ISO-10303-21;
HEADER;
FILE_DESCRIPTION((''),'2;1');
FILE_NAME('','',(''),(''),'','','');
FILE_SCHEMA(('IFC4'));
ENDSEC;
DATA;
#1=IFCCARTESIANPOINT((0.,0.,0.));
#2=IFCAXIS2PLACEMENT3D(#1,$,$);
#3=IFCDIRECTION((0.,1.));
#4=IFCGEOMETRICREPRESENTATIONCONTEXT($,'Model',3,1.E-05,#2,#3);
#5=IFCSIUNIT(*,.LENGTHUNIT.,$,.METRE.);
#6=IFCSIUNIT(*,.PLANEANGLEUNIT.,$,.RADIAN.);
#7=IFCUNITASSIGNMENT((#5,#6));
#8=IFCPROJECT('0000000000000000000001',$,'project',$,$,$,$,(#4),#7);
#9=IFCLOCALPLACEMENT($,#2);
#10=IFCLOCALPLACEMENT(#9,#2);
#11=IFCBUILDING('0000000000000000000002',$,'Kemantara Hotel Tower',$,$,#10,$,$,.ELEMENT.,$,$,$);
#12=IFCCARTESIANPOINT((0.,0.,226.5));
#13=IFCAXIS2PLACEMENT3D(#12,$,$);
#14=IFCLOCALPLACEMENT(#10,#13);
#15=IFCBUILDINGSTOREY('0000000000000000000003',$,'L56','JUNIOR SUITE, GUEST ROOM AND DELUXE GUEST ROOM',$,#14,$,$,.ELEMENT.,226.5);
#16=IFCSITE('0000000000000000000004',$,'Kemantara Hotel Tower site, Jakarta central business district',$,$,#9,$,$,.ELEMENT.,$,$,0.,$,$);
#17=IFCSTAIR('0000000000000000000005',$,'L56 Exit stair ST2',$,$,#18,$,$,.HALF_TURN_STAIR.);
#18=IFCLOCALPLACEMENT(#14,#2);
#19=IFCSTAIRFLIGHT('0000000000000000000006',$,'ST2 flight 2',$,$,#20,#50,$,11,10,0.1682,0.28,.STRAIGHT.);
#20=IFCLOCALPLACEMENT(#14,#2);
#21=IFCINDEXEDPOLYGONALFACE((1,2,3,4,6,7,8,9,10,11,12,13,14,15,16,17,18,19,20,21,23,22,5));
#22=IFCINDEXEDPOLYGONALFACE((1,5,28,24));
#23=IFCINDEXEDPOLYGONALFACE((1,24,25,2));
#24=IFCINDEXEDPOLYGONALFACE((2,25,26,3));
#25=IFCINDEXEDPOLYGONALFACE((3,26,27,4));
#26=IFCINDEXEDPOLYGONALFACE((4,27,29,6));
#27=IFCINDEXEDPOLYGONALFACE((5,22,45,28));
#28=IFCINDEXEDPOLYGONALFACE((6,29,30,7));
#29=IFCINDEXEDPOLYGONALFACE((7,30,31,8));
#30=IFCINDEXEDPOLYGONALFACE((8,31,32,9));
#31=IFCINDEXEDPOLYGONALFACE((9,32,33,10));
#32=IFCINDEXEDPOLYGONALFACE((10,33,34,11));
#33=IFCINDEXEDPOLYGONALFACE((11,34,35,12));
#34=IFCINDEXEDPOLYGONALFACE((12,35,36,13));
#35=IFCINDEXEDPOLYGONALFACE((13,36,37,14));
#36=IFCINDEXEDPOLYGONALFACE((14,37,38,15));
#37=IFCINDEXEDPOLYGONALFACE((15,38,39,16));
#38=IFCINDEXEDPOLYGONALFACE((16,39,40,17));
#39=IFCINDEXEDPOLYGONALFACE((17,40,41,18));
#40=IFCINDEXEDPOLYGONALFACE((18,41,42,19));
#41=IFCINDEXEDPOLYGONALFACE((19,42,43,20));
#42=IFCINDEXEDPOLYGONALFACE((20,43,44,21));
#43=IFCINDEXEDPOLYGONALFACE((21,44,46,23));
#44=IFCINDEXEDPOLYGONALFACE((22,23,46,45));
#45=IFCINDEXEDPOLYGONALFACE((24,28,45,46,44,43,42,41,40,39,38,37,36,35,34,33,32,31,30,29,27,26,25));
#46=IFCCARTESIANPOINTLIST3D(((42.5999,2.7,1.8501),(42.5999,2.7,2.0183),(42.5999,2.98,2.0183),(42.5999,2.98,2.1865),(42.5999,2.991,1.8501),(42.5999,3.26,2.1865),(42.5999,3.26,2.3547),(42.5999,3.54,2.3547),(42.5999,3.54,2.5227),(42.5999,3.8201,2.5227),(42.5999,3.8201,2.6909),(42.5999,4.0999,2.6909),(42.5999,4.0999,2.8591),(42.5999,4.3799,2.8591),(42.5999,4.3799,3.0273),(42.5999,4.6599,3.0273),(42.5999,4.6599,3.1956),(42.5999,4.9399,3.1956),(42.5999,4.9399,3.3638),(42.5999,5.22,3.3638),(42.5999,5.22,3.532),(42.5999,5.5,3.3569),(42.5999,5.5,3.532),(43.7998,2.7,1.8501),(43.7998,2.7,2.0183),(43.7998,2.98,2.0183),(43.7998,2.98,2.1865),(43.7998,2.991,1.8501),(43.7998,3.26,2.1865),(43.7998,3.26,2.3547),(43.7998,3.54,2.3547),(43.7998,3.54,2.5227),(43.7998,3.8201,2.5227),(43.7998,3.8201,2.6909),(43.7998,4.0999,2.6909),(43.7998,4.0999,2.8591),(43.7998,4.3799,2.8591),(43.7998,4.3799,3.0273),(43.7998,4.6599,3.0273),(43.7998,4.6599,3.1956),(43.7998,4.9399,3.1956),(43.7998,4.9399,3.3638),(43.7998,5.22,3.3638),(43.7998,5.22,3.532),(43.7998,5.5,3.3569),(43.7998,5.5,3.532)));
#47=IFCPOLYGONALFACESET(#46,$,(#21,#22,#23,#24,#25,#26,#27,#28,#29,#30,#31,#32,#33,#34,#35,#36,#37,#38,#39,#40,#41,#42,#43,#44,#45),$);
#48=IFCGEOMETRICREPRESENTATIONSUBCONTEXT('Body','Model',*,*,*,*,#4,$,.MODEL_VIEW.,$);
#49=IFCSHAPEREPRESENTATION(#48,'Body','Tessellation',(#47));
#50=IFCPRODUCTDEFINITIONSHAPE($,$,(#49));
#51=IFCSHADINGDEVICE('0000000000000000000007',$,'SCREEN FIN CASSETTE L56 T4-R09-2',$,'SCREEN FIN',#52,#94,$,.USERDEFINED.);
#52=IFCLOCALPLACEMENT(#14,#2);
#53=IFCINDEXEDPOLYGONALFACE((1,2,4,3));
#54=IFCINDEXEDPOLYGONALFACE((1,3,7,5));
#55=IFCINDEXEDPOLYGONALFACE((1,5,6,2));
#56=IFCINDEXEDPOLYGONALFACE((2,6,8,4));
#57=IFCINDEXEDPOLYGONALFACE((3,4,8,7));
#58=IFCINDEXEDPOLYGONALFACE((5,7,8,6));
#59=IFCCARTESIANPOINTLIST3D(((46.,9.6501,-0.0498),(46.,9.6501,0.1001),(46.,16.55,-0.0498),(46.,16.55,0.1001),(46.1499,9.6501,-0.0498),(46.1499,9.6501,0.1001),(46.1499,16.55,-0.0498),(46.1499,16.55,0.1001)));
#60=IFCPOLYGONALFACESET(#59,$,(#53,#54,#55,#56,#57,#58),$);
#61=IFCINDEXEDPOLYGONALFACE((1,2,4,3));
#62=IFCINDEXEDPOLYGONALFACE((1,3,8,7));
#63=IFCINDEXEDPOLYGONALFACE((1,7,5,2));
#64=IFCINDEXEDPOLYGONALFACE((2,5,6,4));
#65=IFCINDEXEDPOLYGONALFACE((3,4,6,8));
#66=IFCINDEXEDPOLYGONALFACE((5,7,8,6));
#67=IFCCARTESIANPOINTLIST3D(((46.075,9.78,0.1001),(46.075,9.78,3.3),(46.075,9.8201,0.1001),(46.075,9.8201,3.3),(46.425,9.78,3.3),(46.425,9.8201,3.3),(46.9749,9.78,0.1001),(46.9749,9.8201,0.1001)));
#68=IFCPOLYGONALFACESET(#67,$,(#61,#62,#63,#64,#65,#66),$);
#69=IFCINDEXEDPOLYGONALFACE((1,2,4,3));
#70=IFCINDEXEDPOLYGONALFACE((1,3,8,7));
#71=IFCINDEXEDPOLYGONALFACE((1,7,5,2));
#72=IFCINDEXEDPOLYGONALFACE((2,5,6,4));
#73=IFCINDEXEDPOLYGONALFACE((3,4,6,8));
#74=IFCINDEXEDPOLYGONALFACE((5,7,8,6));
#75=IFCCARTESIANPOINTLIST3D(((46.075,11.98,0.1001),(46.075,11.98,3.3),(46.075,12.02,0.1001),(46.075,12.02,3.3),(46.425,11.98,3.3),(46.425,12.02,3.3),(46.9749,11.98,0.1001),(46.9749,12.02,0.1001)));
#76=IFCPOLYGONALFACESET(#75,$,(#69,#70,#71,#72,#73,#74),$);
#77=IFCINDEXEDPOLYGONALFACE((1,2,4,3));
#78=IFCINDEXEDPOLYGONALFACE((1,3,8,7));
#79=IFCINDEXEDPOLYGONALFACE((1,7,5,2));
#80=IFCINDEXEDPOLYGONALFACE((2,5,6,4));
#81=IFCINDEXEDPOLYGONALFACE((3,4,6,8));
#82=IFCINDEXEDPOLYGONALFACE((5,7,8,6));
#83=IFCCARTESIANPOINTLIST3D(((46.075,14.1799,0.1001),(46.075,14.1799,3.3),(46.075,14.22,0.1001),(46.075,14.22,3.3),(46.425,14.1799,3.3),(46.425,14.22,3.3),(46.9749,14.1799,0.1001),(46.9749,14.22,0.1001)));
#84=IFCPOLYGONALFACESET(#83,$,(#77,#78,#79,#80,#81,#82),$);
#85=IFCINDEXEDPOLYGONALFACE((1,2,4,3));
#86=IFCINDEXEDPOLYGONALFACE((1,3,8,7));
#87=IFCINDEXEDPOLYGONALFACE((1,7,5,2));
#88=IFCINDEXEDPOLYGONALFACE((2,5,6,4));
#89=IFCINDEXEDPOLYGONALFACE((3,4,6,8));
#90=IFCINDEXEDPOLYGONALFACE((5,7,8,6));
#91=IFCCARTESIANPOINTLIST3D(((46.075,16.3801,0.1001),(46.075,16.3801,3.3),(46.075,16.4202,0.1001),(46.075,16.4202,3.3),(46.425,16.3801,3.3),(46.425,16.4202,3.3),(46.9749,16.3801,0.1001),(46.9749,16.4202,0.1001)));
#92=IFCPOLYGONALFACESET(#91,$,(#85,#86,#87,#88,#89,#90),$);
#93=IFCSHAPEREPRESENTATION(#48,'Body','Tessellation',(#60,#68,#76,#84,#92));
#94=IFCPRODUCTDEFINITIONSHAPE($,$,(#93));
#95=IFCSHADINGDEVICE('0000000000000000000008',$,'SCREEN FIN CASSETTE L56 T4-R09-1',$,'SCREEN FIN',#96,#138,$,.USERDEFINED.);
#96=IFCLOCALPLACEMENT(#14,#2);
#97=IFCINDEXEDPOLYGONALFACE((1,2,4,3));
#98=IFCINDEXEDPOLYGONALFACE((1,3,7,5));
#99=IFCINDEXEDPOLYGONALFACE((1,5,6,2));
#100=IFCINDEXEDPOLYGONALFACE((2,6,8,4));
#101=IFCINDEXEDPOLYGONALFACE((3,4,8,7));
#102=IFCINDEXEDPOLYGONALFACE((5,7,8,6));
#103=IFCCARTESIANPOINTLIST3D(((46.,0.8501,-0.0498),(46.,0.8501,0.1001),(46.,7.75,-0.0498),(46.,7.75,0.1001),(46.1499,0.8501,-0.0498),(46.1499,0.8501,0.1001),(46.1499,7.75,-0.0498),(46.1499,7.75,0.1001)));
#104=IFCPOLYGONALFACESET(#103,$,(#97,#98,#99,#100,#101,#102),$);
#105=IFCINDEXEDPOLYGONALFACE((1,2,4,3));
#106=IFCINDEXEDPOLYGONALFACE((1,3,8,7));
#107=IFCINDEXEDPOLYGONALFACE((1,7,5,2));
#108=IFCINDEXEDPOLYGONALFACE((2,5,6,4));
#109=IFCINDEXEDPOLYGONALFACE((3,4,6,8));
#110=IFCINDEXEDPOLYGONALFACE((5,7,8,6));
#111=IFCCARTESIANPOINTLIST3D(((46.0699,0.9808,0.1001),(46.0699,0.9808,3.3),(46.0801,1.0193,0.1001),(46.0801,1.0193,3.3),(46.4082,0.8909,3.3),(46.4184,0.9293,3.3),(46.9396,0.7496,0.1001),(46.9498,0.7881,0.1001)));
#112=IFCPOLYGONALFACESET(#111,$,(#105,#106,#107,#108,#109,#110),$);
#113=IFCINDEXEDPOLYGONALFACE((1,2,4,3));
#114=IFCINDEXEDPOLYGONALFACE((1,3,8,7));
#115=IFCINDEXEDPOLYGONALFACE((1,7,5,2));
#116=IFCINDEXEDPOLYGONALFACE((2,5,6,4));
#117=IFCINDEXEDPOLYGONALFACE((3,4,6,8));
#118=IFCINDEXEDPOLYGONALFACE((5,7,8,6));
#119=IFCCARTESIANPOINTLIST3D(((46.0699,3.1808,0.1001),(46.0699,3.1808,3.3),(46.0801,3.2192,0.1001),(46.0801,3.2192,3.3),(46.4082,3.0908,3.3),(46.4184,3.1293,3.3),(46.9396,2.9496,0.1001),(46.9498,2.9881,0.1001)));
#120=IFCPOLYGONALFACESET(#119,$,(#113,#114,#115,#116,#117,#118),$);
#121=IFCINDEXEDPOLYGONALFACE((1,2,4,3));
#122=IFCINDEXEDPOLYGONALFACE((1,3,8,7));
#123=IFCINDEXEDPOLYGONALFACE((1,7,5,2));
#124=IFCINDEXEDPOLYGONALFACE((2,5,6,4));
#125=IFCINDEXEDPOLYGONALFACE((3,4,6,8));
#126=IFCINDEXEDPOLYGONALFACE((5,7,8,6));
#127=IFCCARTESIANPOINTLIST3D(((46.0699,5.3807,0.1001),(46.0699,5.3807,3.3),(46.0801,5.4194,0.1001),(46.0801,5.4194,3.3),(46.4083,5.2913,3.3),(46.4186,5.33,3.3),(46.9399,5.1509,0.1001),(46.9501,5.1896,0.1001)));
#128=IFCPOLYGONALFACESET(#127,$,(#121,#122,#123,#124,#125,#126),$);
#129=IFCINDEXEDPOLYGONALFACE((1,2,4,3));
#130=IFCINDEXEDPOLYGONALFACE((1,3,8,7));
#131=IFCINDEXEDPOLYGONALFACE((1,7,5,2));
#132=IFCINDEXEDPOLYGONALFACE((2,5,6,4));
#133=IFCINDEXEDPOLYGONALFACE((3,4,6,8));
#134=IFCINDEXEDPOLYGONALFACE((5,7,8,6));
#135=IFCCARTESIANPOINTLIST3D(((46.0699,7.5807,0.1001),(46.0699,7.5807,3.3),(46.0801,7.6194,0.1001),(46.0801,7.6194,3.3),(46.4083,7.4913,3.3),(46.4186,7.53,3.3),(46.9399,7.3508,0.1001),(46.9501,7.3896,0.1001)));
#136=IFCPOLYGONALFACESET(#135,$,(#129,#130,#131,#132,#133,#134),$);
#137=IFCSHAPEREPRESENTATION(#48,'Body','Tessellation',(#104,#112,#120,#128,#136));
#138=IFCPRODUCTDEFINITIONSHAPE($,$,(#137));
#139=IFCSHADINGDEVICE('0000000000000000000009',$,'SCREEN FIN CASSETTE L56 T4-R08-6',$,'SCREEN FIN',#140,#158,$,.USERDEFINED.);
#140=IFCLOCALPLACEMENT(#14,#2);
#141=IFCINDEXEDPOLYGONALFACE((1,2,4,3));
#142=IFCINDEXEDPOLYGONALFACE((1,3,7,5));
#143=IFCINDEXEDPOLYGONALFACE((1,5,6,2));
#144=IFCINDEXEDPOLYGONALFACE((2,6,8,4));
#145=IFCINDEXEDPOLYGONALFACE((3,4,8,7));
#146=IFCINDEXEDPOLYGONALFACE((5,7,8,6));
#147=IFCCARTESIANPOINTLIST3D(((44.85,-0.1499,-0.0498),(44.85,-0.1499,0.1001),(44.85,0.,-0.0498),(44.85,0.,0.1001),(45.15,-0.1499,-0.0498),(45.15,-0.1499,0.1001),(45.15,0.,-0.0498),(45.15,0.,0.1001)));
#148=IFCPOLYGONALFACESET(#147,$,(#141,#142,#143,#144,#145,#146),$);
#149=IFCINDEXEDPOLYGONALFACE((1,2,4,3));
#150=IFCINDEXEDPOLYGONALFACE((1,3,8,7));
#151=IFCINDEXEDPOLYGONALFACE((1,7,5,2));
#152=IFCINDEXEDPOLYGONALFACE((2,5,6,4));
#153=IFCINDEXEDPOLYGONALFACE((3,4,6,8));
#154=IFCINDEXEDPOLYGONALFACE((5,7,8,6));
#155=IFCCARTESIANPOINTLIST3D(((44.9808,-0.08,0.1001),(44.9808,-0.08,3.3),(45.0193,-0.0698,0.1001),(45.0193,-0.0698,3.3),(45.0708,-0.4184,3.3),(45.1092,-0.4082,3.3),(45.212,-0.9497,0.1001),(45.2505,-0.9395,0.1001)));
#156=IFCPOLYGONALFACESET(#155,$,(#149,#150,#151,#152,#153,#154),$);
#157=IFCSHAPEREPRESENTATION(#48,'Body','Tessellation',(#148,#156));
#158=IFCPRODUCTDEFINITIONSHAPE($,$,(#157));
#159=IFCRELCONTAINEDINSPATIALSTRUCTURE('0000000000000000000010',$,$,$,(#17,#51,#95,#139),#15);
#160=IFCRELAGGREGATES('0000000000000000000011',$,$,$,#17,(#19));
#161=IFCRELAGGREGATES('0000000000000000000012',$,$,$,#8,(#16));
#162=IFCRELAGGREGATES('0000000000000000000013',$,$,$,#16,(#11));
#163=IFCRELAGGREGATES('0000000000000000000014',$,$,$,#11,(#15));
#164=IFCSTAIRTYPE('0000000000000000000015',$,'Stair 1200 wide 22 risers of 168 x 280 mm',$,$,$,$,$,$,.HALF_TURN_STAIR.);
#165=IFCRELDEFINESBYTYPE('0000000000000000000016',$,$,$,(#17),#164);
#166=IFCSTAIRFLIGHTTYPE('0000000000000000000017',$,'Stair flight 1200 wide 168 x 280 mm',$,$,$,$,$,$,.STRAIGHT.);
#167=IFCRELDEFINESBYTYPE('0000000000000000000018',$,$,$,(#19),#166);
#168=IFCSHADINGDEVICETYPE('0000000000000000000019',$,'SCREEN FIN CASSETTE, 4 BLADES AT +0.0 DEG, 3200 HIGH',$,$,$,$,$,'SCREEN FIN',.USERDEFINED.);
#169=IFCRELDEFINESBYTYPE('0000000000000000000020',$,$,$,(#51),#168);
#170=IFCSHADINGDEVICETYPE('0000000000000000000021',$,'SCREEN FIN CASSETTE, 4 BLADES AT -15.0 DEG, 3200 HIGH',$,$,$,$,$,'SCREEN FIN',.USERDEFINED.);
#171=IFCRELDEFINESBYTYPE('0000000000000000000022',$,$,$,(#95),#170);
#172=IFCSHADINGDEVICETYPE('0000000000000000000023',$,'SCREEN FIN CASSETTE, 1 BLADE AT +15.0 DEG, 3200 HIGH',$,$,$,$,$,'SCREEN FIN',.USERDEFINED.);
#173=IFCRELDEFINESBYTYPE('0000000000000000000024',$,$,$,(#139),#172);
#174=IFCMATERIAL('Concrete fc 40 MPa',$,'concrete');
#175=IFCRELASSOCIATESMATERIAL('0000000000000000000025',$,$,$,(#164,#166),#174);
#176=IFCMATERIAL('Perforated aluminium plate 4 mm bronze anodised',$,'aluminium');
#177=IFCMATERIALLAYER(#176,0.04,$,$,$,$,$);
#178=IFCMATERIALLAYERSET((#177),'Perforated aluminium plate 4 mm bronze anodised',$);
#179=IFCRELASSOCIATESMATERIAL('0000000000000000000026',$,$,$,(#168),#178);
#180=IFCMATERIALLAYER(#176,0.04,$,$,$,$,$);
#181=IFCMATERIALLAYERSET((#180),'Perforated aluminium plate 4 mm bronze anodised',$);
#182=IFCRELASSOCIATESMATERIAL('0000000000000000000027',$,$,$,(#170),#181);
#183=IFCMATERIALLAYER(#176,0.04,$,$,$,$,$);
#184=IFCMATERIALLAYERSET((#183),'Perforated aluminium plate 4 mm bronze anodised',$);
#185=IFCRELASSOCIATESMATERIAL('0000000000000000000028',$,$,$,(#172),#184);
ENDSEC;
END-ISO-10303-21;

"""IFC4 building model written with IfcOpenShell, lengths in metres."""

from ifc_helpers import new_model, si_unit, direction, frame, origin, origin_2d, place, context, subcontext, project, spatial, polyline, rectangle, outline, extrude, source, transform, mapped, material, layer, layer_set, type_object, element, aggregate, save


model = new_model("IFC4")

# Units and contexts
model_context = context("Model", 3, precision=1e-05, world=origin(), true_north=direction((0.0, 1.0)))
body_context = subcontext(model_context, "Body", "Model", "MODEL_VIEW")
ifc_project = project(units=[si_unit("LENGTHUNIT", "METRE"), si_unit("PLANEANGLEUNIT", "RADIAN")], contexts=[model_context])

# Site, building, storey
site_placement = place(None, origin())
site = spatial("IfcSite", under=ifc_project, at=site_placement, Name="Kemantara Hotel Tower site, Jakarta central business district", CompositionType="ELEMENT", RefElevation=0.0)
building_placement = place(site_placement, origin())
building = spatial("IfcBuilding", under=site, at=building_placement, Name="Kemantara Hotel Tower", CompositionType="ELEMENT")
storey_placement = place(building_placement, frame((0.0, 0.0, 226.5)))
storey = spatial("IfcBuildingStorey", under=building, at=storey_placement, Name="L56", Description="JUNIOR SUITE, GUEST ROOM AND DELUXE GUEST ROOM", CompositionType="ELEMENT", Elevation=226.5)

# Stair, stair flight
ifc_material_1 = material(Name="Concrete fc 40 MPa", Category="concrete")
stair_type = type_object("IfcStairType", Name="Stair 1200 wide 22 risers of 168 x 280 mm", PredefinedType="HALF_TURN_STAIR", material=ifc_material_1)
stair_placement = place(storey_placement, origin())
stair = element("IfcStair", 1, at=stair_placement, inside=storey, type_object=stair_type, Name="L56 Exit stair ST2", PredefinedType="HALF_TURN_STAIR")
stair_flight_type = type_object("IfcStairFlightType", Name="Stair flight 1200 wide 168 x 280 mm", PredefinedType="STRAIGHT", material=ifc_material_1)
stair_flight_placement = place(storey_placement, frame((43.2, 2.7, 1.8501), z_axis=(0.0, 0.0, 1.0), x_axis=(0.0, 1.0, 0.0)))
stair_flight = element("IfcStairFlight", 2, at=stair_flight_placement, type_object=stair_flight_type, Name="ST2 flight 2", NumberOfRisers=11, NumberOfTreads=10, PredefinedType="STRAIGHT", RiserHeight=0.1682, TreadLength=0.28, context=body_context, shape_type="SweptSolid", body=[
    extrude(outline(polyline([(0.0, 0.0), (0.0, 0.1682), (0.28, 0.1682), (0.28, 0.3364), (0.5601, 0.3364), (0.5601, 0.5046), (0.8401, 0.5046), (0.8401, 0.6726), (1.1201, 0.6726), (1.1201, 0.8408), (1.3999, 0.8408), (1.3999, 1.009), (1.6799, 1.009), (1.6799, 1.1772), (1.96, 1.1772), (1.96, 1.3455), (2.24, 1.3455), (2.24, 1.5137), (2.52, 1.5137), (2.52, 1.6819), (2.8, 1.6819), (2.8, 1.8501), (2.8, 1.5068), (0.291, 0.0), (0.0, 0.0)])), frame((0.0, 0.6001, 0.0), z_axis=(0.0, -1.0, 0.0), x_axis=(1.0, 0.0, 0.0)), (0.0, 0.0, 1.0), 1.2),
])
aggregate(stair, [stair_flight])

# Shading devices
ifc_material_2 = material(Name="Perforated aluminium plate 4 mm bronze anodised", Category="aluminium")
ifc_layer_1 = layer(ifc_material_2, 0.04)
ifc_layer_set_1 = layer_set([ifc_layer_1], Name="Perforated aluminium plate 4 mm bronze anodised")
shading_device_type_1 = type_object("IfcShadingDeviceType", Name="SCREEN FIN CASSETTE, 4 BLADES AT +0.0 DEG, 3200 HIGH", ElementType="SCREEN FIN", PredefinedType="USERDEFINED", material=ifc_layer_set_1)
shared_shape_1 = source(origin(), body_context, "Body", "SweptSolid", [
    extrude(rectangle(XDim=6.8999, YDim=0.1499, at=origin_2d()), frame((3.3, -0.075, -0.1499), z_axis=(0.0, 0.0, 1.0), x_axis=(1.0, 0.0, 0.0)), (0.0, 0.0, 1.0), 0.1499),
    extrude(outline(polyline([(0.0, 0.0), (0.8999, 0.0), (0.3501, 3.2), (0.0, 3.2), (0.0, 0.0)])), frame((0.02, -0.075, 0.0), z_axis=(-1.0, 0.0, 0.0), x_axis=(0.0, -1.0, 0.0)), (0.0, 0.0, 1.0), 0.04),
    extrude(outline(polyline([(0.0, 0.0), (0.8999, 0.0), (0.3501, 3.2), (0.0, 3.2), (0.0, 0.0)])), frame((2.22, -0.075, 0.0), z_axis=(-1.0, 0.0, 0.0), x_axis=(0.0, -1.0, 0.0)), (0.0, 0.0, 1.0), 0.04),
    extrude(outline(polyline([(0.0, 0.0), (0.8999, 0.0), (0.3501, 3.2), (0.0, 3.2), (0.0, 0.0)])), frame((4.4199, -0.075, 0.0), z_axis=(-1.0, 0.0, 0.0), x_axis=(0.0, -1.0, 0.0)), (0.0, 0.0, 1.0), 0.04),
    extrude(outline(polyline([(0.0, 0.0), (0.8999, 0.0), (0.3501, 3.2), (0.0, 3.2), (0.0, 0.0)])), frame((6.6201, -0.075, 0.0), z_axis=(-1.0, 0.0, 0.0), x_axis=(0.0, -1.0, 0.0)), (0.0, 0.0, 1.0), 0.04),
])
shading_device_1_placement = place(storey_placement, frame((46.0, 9.8, 0.1001), z_axis=(0.0, 0.0, 1.0), x_axis=(0.0, 1.0, 0.0)))
element("IfcShadingDevice", 3, at=shading_device_1_placement, inside=storey, type_object=shading_device_type_1, Name="SCREEN FIN CASSETTE L56 T4-R09-2", ObjectType="SCREEN FIN", PredefinedType="USERDEFINED", context=body_context, shape_type="MappedRepresentation", body=[
    mapped(shared_shape_1, transform((0.0, 0.0, 0.0))),
])
ifc_layer_2 = layer(ifc_material_2, 0.04)
ifc_layer_set_2 = layer_set([ifc_layer_2], Name="Perforated aluminium plate 4 mm bronze anodised")
shading_device_type_2 = type_object("IfcShadingDeviceType", Name="SCREEN FIN CASSETTE, 4 BLADES AT -15.0 DEG, 3200 HIGH", ElementType="SCREEN FIN", PredefinedType="USERDEFINED", material=ifc_layer_set_2)
shared_shape_2 = source(origin(), body_context, "Body", "SweptSolid", [
    extrude(rectangle(XDim=6.8999, YDim=0.1499, at=origin_2d()), frame((3.3, -0.075, -0.1499), z_axis=(0.0, 0.0, 1.0), x_axis=(1.0, 0.0, 0.0)), (0.0, 0.0, 1.0), 0.1499),
    extrude(outline(polyline([(0.0, 0.0), (0.8999, 0.0), (0.3501, 3.2), (0.0, 3.2), (0.0, 0.0)])), frame((0.0193, -0.0801, 0.0), z_axis=(-0.966438, 0.256901, 0.0), x_axis=(-0.256901, -0.966438, 0.0)), (0.0, 0.0, 1.0), 0.0398),
    extrude(outline(polyline([(0.0, 0.0), (0.8999, 0.0), (0.3501, 3.2), (0.0, 3.2), (0.0, 0.0)])), frame((2.2192, -0.0801, 0.0), z_axis=(-0.966438, 0.256901, 0.0), x_axis=(-0.256901, -0.966438, 0.0)), (0.0, 0.0, 1.0), 0.0398),
    extrude(outline(polyline([(0.0, 0.0), (0.8999, 0.0), (0.3501, 3.2), (0.0, 3.2), (0.0, 0.0)])), frame((4.4194, -0.0801, 0.0), z_axis=(-0.966838, 0.255391, 0.0), x_axis=(-0.255391, -0.966838, 0.0)), (0.0, 0.0, 1.0), 0.04),
    extrude(outline(polyline([(0.0, 0.0), (0.8999, 0.0), (0.3501, 3.2), (0.0, 3.2), (0.0, 0.0)])), frame((6.6194, -0.0801, 0.0), z_axis=(-0.966838, 0.255391, 0.0), x_axis=(-0.255391, -0.966838, 0.0)), (0.0, 0.0, 1.0), 0.04),
])
shading_device_2_placement = place(storey_placement, frame((46.0, 1.0, 0.1001), z_axis=(0.0, 0.0, 1.0), x_axis=(0.0, 1.0, 0.0)))
element("IfcShadingDevice", 4, at=shading_device_2_placement, inside=storey, type_object=shading_device_type_2, Name="SCREEN FIN CASSETTE L56 T4-R09-1", ObjectType="SCREEN FIN", PredefinedType="USERDEFINED", context=body_context, shape_type="MappedRepresentation", body=[
    mapped(shared_shape_2, transform((0.0, 0.0, 0.0))),
])
ifc_layer_3 = layer(ifc_material_2, 0.04)
ifc_layer_set_3 = layer_set([ifc_layer_3], Name="Perforated aluminium plate 4 mm bronze anodised")
shading_device_type_3 = type_object("IfcShadingDeviceType", Name="SCREEN FIN CASSETTE, 1 BLADE AT +15.0 DEG, 3200 HIGH", ElementType="SCREEN FIN", PredefinedType="USERDEFINED", material=ifc_layer_set_3)
shared_shape_3 = source(origin(), body_context, "Body", "SweptSolid", [
    extrude(rectangle(XDim=0.3, YDim=0.1499, at=origin_2d()), frame((0.0, -0.075, -0.1499), z_axis=(0.0, 0.0, 1.0), x_axis=(1.0, 0.0, 0.0)), (0.0, 0.0, 1.0), 0.1499),
    extrude(outline(polyline([(0.0, 0.0), (0.8999, 0.0), (0.3501, 3.2), (0.0, 3.2), (0.0, 0.0)])), frame((0.0193, -0.0698, 0.0), z_axis=(-0.966438, -0.256901, 0.0), x_axis=(0.256901, -0.966438, 0.0)), (0.0, 0.0, 1.0), 0.0398),
])
shading_device_3_placement = place(storey_placement, frame((45.0, 0.0, 0.1001), z_axis=(0.0, 0.0, 1.0), x_axis=(1.0, 0.0, 0.0)))
element("IfcShadingDevice", 5, at=shading_device_3_placement, inside=storey, type_object=shading_device_type_3, Name="SCREEN FIN CASSETTE L56 T4-R08-6", ObjectType="SCREEN FIN", PredefinedType="USERDEFINED", context=body_context, shape_type="MappedRepresentation", body=[
    mapped(shared_shape_3, transform((0.0, 0.0, 0.0))),
])

save(model, "model.ifc")
